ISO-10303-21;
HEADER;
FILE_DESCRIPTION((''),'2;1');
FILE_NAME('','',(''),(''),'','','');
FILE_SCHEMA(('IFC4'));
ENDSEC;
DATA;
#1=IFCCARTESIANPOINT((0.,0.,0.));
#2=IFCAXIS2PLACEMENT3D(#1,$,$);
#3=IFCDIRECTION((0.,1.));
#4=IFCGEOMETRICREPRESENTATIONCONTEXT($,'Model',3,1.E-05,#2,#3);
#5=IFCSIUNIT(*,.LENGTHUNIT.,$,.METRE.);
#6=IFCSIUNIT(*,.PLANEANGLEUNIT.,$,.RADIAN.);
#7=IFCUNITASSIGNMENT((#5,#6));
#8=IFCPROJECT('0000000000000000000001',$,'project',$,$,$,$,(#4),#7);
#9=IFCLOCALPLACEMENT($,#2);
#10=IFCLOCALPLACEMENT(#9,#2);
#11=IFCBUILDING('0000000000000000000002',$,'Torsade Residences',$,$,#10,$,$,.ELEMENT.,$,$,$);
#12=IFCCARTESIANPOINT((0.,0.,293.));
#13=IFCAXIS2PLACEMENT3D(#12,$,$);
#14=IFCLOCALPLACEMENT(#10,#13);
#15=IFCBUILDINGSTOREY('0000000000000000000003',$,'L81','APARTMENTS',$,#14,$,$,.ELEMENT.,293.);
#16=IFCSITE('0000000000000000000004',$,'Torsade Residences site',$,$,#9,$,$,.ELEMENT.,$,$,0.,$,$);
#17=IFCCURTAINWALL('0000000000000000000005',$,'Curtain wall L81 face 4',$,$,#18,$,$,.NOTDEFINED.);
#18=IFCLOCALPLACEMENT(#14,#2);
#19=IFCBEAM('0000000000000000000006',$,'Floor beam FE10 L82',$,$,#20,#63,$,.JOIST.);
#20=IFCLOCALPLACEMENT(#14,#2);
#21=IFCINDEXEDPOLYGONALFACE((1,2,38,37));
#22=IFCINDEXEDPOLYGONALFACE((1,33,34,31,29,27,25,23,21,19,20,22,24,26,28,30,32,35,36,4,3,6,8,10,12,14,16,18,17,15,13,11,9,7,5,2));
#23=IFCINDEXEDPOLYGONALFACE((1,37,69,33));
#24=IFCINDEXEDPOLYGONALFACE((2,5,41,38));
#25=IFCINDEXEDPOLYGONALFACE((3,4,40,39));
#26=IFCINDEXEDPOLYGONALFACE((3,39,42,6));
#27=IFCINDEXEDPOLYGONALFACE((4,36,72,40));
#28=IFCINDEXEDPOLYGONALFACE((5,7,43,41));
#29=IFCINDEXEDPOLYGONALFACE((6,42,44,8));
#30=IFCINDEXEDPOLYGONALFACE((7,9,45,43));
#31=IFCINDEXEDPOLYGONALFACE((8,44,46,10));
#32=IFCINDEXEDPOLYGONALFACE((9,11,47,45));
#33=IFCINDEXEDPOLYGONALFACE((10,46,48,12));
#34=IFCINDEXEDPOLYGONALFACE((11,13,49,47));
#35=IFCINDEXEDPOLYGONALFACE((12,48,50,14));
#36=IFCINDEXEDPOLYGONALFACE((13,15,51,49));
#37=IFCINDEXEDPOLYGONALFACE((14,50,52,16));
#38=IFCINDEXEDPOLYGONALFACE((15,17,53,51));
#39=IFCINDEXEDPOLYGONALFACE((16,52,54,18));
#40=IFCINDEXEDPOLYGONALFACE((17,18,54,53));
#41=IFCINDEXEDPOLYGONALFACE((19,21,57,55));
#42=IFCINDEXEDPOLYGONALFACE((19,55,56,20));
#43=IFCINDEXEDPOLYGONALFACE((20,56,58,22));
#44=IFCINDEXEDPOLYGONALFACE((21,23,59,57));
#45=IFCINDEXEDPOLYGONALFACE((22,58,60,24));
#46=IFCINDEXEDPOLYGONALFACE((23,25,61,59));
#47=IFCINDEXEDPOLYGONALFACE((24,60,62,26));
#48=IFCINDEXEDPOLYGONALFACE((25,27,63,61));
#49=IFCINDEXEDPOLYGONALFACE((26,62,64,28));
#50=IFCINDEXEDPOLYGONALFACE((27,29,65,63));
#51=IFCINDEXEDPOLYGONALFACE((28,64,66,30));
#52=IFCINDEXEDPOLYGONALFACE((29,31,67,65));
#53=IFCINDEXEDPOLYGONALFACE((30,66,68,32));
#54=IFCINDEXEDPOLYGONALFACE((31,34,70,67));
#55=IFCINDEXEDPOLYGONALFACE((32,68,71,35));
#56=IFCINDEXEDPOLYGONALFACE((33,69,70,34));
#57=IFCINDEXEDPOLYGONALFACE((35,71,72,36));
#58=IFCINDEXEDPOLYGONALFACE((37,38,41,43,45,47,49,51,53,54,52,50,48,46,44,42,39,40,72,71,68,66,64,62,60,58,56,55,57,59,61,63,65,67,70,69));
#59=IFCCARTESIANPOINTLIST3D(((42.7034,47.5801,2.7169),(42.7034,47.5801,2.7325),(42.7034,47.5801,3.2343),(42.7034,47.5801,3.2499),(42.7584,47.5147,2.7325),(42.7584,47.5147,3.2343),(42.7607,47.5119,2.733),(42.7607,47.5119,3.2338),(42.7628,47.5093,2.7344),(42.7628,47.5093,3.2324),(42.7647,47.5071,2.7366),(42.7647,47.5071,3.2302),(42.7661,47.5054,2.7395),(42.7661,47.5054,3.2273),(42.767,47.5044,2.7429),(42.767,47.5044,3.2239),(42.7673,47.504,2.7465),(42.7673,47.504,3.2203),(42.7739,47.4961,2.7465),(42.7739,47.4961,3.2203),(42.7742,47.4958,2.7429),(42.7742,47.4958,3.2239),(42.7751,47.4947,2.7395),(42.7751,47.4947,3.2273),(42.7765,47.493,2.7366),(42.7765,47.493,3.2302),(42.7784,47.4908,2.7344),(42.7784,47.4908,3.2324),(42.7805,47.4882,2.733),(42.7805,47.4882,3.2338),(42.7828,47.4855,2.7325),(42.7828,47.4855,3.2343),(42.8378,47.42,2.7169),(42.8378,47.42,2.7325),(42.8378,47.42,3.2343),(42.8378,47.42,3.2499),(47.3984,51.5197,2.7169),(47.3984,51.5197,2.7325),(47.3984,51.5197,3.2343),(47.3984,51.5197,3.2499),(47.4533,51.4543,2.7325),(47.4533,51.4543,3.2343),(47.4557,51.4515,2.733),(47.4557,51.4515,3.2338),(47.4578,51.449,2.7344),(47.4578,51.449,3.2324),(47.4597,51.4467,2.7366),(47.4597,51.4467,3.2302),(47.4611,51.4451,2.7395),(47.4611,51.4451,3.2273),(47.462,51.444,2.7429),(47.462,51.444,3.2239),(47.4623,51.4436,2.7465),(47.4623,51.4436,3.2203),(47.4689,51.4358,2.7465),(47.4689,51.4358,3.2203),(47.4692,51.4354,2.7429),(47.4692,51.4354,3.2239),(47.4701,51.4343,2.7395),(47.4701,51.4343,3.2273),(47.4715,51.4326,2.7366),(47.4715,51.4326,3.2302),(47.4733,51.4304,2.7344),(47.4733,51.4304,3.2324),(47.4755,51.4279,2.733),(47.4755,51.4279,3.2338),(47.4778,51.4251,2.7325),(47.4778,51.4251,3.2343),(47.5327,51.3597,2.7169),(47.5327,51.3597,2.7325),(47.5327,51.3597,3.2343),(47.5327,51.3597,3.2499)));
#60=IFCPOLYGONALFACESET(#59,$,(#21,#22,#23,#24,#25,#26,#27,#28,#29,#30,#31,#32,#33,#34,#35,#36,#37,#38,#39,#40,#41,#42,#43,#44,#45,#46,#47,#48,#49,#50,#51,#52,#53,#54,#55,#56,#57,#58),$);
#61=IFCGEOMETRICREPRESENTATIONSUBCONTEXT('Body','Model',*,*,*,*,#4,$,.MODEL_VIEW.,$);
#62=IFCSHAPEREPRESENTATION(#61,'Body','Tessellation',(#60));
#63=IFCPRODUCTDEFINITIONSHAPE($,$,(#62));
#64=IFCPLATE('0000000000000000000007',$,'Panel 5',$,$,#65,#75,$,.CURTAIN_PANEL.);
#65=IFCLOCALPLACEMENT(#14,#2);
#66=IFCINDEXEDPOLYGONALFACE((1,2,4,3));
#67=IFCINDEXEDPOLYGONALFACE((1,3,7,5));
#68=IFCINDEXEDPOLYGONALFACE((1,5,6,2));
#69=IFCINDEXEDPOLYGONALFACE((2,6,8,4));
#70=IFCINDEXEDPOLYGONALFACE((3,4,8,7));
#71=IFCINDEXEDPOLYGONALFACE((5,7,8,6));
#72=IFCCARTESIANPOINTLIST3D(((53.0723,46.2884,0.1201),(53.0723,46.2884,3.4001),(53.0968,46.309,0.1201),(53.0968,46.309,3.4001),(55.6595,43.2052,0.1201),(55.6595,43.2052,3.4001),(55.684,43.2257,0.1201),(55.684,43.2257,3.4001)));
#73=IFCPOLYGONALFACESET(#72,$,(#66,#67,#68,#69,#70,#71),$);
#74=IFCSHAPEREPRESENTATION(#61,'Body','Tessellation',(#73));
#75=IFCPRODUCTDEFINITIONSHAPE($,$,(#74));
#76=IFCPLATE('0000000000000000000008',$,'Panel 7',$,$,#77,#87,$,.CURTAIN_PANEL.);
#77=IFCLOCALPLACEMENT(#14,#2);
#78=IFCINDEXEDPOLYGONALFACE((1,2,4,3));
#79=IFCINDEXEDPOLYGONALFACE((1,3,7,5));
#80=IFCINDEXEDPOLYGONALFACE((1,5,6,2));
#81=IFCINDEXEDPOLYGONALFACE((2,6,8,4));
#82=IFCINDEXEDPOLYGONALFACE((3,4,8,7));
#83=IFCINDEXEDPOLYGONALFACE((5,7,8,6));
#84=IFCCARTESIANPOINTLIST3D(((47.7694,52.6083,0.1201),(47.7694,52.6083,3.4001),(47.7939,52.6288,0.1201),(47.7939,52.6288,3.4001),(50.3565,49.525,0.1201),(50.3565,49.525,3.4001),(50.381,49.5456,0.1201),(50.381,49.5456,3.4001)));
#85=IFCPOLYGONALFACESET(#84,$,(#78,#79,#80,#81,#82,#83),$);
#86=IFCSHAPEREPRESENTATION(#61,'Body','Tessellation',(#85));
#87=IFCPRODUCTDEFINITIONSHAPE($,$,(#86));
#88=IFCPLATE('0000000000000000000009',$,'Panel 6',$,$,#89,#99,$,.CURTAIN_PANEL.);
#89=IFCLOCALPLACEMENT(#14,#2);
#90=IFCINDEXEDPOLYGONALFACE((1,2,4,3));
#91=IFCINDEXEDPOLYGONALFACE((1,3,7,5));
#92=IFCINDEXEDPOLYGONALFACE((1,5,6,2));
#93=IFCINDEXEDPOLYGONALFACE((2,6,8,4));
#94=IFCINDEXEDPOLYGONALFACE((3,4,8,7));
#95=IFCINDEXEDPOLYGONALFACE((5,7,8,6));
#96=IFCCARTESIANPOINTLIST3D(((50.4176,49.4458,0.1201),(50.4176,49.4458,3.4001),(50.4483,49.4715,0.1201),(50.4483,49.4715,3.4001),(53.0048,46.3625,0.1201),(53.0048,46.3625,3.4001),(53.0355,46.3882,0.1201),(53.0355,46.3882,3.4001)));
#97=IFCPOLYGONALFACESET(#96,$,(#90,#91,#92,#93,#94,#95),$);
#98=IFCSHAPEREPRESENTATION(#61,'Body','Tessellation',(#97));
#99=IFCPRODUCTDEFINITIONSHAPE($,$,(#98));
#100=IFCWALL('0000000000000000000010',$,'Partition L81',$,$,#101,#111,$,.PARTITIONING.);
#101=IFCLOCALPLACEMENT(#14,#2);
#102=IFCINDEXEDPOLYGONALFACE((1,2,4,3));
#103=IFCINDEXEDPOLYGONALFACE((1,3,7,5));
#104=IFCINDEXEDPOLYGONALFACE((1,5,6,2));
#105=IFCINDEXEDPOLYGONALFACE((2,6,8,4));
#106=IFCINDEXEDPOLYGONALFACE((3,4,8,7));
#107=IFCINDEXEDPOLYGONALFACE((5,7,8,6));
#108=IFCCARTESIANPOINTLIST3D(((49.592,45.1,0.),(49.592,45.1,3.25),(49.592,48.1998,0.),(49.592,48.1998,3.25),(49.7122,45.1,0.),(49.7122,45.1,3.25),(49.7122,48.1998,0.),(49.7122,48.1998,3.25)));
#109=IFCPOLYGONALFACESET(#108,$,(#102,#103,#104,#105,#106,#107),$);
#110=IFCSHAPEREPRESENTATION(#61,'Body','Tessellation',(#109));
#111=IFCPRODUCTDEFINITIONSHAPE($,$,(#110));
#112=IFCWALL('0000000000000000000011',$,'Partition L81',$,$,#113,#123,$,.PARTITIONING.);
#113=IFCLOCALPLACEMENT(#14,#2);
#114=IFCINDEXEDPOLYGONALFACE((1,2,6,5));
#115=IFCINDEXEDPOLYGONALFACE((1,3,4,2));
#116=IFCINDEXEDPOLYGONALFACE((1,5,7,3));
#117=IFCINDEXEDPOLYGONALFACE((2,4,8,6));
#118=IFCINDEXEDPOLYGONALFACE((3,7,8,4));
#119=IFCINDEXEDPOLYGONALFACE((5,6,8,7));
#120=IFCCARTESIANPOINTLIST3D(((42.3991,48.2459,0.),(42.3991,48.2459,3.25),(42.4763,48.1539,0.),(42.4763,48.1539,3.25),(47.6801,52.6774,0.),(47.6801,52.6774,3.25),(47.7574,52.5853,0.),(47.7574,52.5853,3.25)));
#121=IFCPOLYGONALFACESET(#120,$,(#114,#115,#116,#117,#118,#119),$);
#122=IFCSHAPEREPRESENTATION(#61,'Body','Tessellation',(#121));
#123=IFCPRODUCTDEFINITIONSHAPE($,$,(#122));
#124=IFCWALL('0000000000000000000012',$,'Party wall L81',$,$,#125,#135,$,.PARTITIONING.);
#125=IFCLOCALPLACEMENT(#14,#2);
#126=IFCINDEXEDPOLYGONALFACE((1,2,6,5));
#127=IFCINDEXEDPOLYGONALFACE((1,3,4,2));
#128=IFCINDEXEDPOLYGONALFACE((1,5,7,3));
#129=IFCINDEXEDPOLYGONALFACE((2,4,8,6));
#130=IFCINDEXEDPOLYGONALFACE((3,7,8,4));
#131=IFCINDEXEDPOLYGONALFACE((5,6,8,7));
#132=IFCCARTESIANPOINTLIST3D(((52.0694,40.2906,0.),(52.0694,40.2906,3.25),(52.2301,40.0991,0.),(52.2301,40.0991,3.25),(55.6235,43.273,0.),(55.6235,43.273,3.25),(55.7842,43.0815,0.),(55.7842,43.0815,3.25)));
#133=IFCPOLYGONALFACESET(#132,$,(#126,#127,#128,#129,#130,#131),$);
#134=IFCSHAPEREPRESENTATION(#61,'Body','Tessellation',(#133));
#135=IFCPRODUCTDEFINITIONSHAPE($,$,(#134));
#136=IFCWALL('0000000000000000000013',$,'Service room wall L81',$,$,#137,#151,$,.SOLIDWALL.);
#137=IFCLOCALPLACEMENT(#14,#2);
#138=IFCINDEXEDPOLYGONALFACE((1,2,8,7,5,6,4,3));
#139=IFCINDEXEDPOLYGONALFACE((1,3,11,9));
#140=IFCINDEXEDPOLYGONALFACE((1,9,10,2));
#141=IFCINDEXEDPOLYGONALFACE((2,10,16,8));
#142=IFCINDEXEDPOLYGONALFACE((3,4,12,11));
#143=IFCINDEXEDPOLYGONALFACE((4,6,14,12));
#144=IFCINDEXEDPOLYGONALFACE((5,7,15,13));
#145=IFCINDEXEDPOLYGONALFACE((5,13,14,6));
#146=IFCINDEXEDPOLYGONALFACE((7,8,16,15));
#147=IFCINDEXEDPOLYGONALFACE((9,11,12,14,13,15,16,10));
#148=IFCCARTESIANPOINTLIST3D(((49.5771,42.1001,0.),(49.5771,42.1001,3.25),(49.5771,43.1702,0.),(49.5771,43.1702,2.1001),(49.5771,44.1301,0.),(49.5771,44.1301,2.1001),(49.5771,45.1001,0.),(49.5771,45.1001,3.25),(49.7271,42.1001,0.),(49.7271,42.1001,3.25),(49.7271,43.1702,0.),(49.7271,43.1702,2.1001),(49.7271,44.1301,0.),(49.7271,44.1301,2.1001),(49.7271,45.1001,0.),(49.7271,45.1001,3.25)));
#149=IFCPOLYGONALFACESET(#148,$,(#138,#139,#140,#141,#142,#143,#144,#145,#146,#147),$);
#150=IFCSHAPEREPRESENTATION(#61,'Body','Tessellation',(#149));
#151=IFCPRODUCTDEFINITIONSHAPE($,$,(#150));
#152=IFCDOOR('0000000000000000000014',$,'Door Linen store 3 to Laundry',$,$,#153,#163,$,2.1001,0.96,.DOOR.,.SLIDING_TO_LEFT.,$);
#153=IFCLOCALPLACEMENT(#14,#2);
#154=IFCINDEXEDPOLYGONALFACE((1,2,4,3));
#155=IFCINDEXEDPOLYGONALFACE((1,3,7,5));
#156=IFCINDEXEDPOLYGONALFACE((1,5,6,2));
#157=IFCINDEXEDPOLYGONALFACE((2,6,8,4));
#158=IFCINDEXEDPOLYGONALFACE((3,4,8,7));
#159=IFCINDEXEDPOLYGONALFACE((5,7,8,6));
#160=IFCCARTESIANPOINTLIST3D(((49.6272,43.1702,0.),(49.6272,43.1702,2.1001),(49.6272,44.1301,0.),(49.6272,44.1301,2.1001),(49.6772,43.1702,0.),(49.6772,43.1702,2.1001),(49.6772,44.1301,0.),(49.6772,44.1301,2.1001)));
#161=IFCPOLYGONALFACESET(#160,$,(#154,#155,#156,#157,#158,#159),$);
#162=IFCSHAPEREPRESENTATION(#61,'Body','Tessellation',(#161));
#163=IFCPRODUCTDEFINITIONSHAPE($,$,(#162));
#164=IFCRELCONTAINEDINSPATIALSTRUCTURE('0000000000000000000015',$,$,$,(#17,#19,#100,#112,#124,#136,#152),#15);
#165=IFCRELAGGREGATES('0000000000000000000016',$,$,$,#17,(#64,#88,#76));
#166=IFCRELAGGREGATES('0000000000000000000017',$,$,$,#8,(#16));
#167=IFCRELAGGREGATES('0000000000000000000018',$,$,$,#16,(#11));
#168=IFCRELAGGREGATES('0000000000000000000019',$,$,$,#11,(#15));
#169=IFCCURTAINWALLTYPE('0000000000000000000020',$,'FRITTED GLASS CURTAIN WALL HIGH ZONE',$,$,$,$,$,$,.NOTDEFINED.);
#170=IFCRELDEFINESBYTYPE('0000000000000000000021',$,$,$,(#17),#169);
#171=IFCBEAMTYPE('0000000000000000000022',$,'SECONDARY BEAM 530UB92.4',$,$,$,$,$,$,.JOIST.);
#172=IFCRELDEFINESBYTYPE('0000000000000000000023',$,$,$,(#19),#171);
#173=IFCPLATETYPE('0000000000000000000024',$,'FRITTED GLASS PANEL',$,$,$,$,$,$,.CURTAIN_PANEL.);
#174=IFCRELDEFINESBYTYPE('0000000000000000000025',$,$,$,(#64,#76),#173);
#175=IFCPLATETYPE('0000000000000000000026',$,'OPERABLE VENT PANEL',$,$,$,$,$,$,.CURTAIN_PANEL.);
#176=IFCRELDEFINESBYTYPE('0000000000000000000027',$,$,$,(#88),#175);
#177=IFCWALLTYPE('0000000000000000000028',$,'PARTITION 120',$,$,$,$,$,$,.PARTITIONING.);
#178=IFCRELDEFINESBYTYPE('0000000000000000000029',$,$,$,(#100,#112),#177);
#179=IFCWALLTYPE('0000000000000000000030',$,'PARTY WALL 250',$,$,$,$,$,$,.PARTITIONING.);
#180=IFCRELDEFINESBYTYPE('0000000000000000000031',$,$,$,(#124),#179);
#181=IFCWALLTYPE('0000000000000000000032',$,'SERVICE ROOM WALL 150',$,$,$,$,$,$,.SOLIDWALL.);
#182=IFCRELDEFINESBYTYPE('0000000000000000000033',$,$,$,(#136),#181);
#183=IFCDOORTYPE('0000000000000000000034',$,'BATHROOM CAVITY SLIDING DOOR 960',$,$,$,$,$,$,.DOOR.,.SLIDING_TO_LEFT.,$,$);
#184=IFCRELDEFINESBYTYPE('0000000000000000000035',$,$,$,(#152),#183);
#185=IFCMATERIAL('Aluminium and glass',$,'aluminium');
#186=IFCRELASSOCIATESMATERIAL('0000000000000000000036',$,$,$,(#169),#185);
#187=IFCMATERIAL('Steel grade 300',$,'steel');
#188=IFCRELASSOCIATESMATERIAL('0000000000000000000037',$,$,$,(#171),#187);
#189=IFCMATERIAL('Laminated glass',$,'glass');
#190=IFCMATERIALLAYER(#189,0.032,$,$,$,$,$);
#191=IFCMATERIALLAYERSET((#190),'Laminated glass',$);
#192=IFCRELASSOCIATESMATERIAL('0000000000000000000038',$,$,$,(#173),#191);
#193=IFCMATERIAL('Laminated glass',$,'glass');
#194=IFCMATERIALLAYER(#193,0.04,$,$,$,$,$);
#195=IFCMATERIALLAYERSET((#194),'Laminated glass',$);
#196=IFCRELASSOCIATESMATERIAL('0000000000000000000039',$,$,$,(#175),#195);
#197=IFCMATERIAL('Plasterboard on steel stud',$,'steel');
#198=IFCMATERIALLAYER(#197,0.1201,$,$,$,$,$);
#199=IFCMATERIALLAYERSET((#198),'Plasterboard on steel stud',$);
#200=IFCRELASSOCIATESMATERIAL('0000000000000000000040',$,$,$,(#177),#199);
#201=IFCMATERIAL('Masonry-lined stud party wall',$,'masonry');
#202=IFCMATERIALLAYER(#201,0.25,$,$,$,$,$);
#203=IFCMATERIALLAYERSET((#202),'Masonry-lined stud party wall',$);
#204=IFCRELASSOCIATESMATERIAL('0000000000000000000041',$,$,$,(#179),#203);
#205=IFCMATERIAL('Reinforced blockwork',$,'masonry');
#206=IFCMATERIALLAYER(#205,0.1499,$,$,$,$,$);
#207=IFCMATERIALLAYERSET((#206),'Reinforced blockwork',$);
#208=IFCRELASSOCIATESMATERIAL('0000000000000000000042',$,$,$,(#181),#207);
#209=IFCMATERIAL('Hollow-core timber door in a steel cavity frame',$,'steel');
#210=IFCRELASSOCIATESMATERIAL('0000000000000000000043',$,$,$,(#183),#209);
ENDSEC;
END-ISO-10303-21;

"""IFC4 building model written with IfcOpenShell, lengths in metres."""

from ifc_helpers import new_model, si_unit, direction, frame, frame_2d, origin, origin_2d, place, context, subcontext, project, spatial, rectangle, i_section, extrude, material, layer, layer_set, material_profile, profile_set, type_object, element, fill, aggregate, save


model = new_model("IFC4")

# Units and contexts
model_context = context("Model", 3, precision=1e-05, world=origin(), true_north=direction((0.0, 1.0)))
body_context = subcontext(model_context, "Body", "Model", "MODEL_VIEW")
ifc_project = project(units=[si_unit("LENGTHUNIT", "METRE"), si_unit("PLANEANGLEUNIT", "RADIAN")], contexts=[model_context])

# Site, building, storey
site_placement = place(None, origin())
site = spatial("IfcSite", under=ifc_project, at=site_placement, Name="Torsade Residences site", CompositionType="ELEMENT", RefElevation=0.0)
building_placement = place(site_placement, origin())
building = spatial("IfcBuilding", under=site, at=building_placement, Name="Torsade Residences", CompositionType="ELEMENT")
storey_placement = place(building_placement, frame((0.0, 0.0, 293.0)))
storey = spatial("IfcBuildingStorey", under=building, at=storey_placement, Name="L81", Description="APARTMENTS", CompositionType="ELEMENT", Elevation=293.0)

# Curtain wall
ifc_material_1 = material(Name="Aluminium and glass", Category="aluminium")
curtain_wall_type = type_object("IfcCurtainWallType", Name="FRITTED GLASS CURTAIN WALL HIGH ZONE", PredefinedType="NOTDEFINED", material=ifc_material_1)
curtain_wall_placement = place(storey_placement, origin())
curtain_wall = element("IfcCurtainWall", 1, at=curtain_wall_placement, inside=storey, type_object=curtain_wall_type, Name="Curtain wall L81 face 4", PredefinedType="NOTDEFINED")

# Beam
ifc_material_2 = material(Name="Steel grade 300", Category="steel")
ifc_material_profile_1 = material_profile(ifc_material_2, i_section(OverallWidth=0.209, OverallDepth=0.533, WebThickness=0.0103, FlangeThickness=0.0156, FilletRadius=0.0139, at=origin_2d()), Name="530UB92.4")
ifc_profile_set_1 = profile_set([ifc_material_profile_1], Name="Steel grade 300")
beam_type_1 = type_object("IfcBeamType", Name="SECONDARY BEAM 530UB92.4", PredefinedType="JOIST", material=ifc_profile_set_1)
beam_1_placement = place(storey_placement, frame((47.4656, 51.4397, 2.9834), z_axis=(-0.766039, -0.642794, 0.0), x_axis=(0.642794, -0.766039, 0.0)))
element("IfcBeam", 2, at=beam_1_placement, inside=storey, type_object=beam_type_1, Name="Floor beam FE10 L82", PredefinedType="JOIST", context=body_context, shape_type="SweptSolid", body=[
    extrude(i_section(OverallWidth=0.209, OverallDepth=0.533, WebThickness=0.0103, FlangeThickness=0.0156, FilletRadius=0.0139, at=origin_2d()), origin(), (0.0, 0.0, 1.0), 6.1289),
])

# Plates
ifc_material_3 = material(Name="Laminated glass", Category="glass")
ifc_layer_1 = layer(ifc_material_3, 0.032)
ifc_layer_set_1 = layer_set([ifc_layer_1], Name="Laminated glass")
plate_type_1 = type_object("IfcPlateType", Name="FRITTED GLASS PANEL", PredefinedType="CURTAIN_PANEL", material=ifc_layer_set_1)
plate_1_placement = place(storey_placement, frame((54.3782, 44.7571, 0.1201), z_axis=(0.0, 0.0, 1.0), x_axis=(-0.642788, 0.766044, 0.0)))
plate_1 = element("IfcPlate", 3, at=plate_1_placement, type_object=plate_type_1, Name="Panel 5", PredefinedType="CURTAIN_PANEL", context=body_context, shape_type="SweptSolid", body=[
    extrude(rectangle(XDim=4.0249, YDim=0.032, at=origin_2d()), origin(), (0.0, 0.0, 1.0), 3.28),
])
plate_2_placement = place(storey_placement, frame((49.0752, 51.0769, 0.1201), z_axis=(0.0, 0.0, 1.0), x_axis=(-0.642788, 0.766044, 0.0)))
plate_2 = element("IfcPlate", 4, at=plate_2_placement, type_object=plate_type_1, Name="Panel 7", PredefinedType="CURTAIN_PANEL", context=body_context, shape_type="SweptSolid", body=[
    extrude(rectangle(XDim=4.0249, YDim=0.032, at=origin_2d()), origin(), (0.0, 0.0, 1.0), 3.28),
])
ifc_material_4 = material(Name="Laminated glass", Category="glass")
ifc_layer_2 = layer(ifc_material_4, 0.04)
ifc_layer_set_2 = layer_set([ifc_layer_2], Name="Laminated glass")
plate_type_2 = type_object("IfcPlateType", Name="OPERABLE VENT PANEL", PredefinedType="CURTAIN_PANEL", material=ifc_layer_set_2)
plate_3_placement = place(storey_placement, frame((51.7266, 47.917, 0.1201), z_axis=(0.0, 0.0, 1.0), x_axis=(-0.642788, 0.766044, 0.0)))
plate_3 = element("IfcPlate", 5, at=plate_3_placement, type_object=plate_type_2, Name="Panel 6", PredefinedType="CURTAIN_PANEL", context=body_context, shape_type="SweptSolid", body=[
    extrude(rectangle(XDim=4.0249, YDim=0.04, at=origin_2d()), origin(), (0.0, 0.0, 1.0), 3.28),
])
aggregate(curtain_wall, [plate_1, plate_3, plate_2])

# Walls
ifc_material_5 = material(Name="Plasterboard on steel stud", Category="steel")
ifc_layer_3 = layer(ifc_material_5, 0.1201)
ifc_layer_set_3 = layer_set([ifc_layer_3], Name="Plasterboard on steel stud")
wall_type_1 = type_object("IfcWallType", Name="PARTITION 120", PredefinedType="PARTITIONING", material=ifc_layer_set_3)
wall_1_placement = place(storey_placement, frame((49.6521, 45.1001, 0.0), z_axis=(0.0, 0.0, 1.0), x_axis=(0.0, 1.0, 0.0)))
element("IfcWall", 6, at=wall_1_placement, inside=storey, type_object=wall_type_1, Name="Partition L81", PredefinedType="PARTITIONING", context=body_context, shape_type="SweptSolid", body=[
    extrude(rectangle(XDim=3.0999, YDim=0.1201, at=frame_2d((1.5498, 0.0))), origin(), (0.0, 0.0, 1.0), 3.25),
])
wall_2_placement = place(storey_placement, frame((47.7188, 52.6313, 0.0), z_axis=(0.0, 0.0, 1.0), x_axis=(-0.766037, -0.642797, 0.0)))
element("IfcWall", 7, at=wall_2_placement, inside=storey, type_object=wall_type_1, Name="Partition L81", PredefinedType="PARTITIONING", context=body_context, shape_type="SweptSolid", body=[
    extrude(rectangle(XDim=6.894, YDim=0.1201, at=frame_2d((3.447, 0.0))), origin(), (0.0, 0.0, 1.0), 3.25),
])
ifc_material_6 = material(Name="Masonry-lined stud party wall", Category="masonry")
ifc_layer_4 = layer(ifc_material_6, 0.25)
ifc_layer_set_4 = layer_set([ifc_layer_4], Name="Masonry-lined stud party wall")
wall_type_2 = type_object("IfcWallType", Name="PARTY WALL 250", PredefinedType="PARTITIONING", material=ifc_layer_set_4)
wall_3_placement = place(storey_placement, frame((55.7039, 43.1772, 0.0), z_axis=(0.0, 0.0, 1.0), x_axis=(-0.766034, -0.6428, 0.0)))
element("IfcWall", 8, at=wall_3_placement, inside=storey, type_object=wall_type_2, Name="Party wall L81", PredefinedType="PARTITIONING", context=body_context, shape_type="SweptSolid", body=[
    extrude(rectangle(XDim=4.6396, YDim=0.25, at=frame_2d((2.3198, 0.0))), origin(), (0.0, 0.0, 1.0), 3.25),
])

# Wall, opening, door
ifc_material_7 = material(Name="Reinforced blockwork", Category="masonry")
ifc_layer_5 = layer(ifc_material_7, 0.1499)
ifc_layer_set_5 = layer_set([ifc_layer_5], Name="Reinforced blockwork")
wall_type_3 = type_object("IfcWallType", Name="SERVICE ROOM WALL 150", PredefinedType="SOLIDWALL", material=ifc_layer_set_5)
wall_4_placement = place(storey_placement, frame((49.6521, 42.1001, 0.0), z_axis=(0.0, 0.0, 1.0), x_axis=(0.0, 1.0, 0.0)))
wall_4 = element("IfcWall", 9, at=wall_4_placement, inside=storey, type_object=wall_type_3, Name="Service room wall L81", PredefinedType="SOLIDWALL", context=body_context, shape_type="SweptSolid", body=[
    extrude(rectangle(XDim=3.0, YDim=0.1499, at=frame_2d((1.5, 0.0))), origin(), (0.0, 0.0, 1.0), 3.25),
])
opening_placement = place(wall_4_placement, frame((1.0701, 0.0, 0.0)))
opening = element("IfcOpeningElement", 10, at=opening_placement, cuts=wall_4, PredefinedType="OPENING", context=body_context, shape_type="SweptSolid", body=[
    extrude(rectangle(XDim=0.96, YDim=2.1001, at=frame_2d((0.48, 1.05))), frame((0.0, 0.085, 0.0), z_axis=(0.0, -1.0, 0.0), x_axis=(1.0, 0.0, 0.0)), (0.0, 0.0, 1.0), 0.1699),
])
ifc_material_8 = material(Name="Hollow-core timber door in a steel cavity frame", Category="steel")
door_type = type_object("IfcDoorType", Name="BATHROOM CAVITY SLIDING DOOR 960", OperationType="SLIDING_TO_LEFT", PredefinedType="DOOR", material=ifc_material_8)
door_placement = place(opening_placement, origin())
door = element("IfcDoor", 11, at=door_placement, inside=storey, type_object=door_type, Name="Door Linen store 3 to Laundry", OperationType="SLIDING_TO_LEFT", OverallHeight=2.1001, OverallWidth=0.96, PredefinedType="DOOR", context=body_context, shape_type="SweptSolid", body=[
    extrude(rectangle(XDim=0.96, YDim=2.1001, at=frame_2d((0.48, 1.05))), frame((0.0, 0.0249, 0.0), z_axis=(0.0, -1.0, 0.0), x_axis=(1.0, 0.0, 0.0)), (0.0, 0.0, 1.0), 0.05),
])
fill(opening, door)

save(model, "model.ifc")
